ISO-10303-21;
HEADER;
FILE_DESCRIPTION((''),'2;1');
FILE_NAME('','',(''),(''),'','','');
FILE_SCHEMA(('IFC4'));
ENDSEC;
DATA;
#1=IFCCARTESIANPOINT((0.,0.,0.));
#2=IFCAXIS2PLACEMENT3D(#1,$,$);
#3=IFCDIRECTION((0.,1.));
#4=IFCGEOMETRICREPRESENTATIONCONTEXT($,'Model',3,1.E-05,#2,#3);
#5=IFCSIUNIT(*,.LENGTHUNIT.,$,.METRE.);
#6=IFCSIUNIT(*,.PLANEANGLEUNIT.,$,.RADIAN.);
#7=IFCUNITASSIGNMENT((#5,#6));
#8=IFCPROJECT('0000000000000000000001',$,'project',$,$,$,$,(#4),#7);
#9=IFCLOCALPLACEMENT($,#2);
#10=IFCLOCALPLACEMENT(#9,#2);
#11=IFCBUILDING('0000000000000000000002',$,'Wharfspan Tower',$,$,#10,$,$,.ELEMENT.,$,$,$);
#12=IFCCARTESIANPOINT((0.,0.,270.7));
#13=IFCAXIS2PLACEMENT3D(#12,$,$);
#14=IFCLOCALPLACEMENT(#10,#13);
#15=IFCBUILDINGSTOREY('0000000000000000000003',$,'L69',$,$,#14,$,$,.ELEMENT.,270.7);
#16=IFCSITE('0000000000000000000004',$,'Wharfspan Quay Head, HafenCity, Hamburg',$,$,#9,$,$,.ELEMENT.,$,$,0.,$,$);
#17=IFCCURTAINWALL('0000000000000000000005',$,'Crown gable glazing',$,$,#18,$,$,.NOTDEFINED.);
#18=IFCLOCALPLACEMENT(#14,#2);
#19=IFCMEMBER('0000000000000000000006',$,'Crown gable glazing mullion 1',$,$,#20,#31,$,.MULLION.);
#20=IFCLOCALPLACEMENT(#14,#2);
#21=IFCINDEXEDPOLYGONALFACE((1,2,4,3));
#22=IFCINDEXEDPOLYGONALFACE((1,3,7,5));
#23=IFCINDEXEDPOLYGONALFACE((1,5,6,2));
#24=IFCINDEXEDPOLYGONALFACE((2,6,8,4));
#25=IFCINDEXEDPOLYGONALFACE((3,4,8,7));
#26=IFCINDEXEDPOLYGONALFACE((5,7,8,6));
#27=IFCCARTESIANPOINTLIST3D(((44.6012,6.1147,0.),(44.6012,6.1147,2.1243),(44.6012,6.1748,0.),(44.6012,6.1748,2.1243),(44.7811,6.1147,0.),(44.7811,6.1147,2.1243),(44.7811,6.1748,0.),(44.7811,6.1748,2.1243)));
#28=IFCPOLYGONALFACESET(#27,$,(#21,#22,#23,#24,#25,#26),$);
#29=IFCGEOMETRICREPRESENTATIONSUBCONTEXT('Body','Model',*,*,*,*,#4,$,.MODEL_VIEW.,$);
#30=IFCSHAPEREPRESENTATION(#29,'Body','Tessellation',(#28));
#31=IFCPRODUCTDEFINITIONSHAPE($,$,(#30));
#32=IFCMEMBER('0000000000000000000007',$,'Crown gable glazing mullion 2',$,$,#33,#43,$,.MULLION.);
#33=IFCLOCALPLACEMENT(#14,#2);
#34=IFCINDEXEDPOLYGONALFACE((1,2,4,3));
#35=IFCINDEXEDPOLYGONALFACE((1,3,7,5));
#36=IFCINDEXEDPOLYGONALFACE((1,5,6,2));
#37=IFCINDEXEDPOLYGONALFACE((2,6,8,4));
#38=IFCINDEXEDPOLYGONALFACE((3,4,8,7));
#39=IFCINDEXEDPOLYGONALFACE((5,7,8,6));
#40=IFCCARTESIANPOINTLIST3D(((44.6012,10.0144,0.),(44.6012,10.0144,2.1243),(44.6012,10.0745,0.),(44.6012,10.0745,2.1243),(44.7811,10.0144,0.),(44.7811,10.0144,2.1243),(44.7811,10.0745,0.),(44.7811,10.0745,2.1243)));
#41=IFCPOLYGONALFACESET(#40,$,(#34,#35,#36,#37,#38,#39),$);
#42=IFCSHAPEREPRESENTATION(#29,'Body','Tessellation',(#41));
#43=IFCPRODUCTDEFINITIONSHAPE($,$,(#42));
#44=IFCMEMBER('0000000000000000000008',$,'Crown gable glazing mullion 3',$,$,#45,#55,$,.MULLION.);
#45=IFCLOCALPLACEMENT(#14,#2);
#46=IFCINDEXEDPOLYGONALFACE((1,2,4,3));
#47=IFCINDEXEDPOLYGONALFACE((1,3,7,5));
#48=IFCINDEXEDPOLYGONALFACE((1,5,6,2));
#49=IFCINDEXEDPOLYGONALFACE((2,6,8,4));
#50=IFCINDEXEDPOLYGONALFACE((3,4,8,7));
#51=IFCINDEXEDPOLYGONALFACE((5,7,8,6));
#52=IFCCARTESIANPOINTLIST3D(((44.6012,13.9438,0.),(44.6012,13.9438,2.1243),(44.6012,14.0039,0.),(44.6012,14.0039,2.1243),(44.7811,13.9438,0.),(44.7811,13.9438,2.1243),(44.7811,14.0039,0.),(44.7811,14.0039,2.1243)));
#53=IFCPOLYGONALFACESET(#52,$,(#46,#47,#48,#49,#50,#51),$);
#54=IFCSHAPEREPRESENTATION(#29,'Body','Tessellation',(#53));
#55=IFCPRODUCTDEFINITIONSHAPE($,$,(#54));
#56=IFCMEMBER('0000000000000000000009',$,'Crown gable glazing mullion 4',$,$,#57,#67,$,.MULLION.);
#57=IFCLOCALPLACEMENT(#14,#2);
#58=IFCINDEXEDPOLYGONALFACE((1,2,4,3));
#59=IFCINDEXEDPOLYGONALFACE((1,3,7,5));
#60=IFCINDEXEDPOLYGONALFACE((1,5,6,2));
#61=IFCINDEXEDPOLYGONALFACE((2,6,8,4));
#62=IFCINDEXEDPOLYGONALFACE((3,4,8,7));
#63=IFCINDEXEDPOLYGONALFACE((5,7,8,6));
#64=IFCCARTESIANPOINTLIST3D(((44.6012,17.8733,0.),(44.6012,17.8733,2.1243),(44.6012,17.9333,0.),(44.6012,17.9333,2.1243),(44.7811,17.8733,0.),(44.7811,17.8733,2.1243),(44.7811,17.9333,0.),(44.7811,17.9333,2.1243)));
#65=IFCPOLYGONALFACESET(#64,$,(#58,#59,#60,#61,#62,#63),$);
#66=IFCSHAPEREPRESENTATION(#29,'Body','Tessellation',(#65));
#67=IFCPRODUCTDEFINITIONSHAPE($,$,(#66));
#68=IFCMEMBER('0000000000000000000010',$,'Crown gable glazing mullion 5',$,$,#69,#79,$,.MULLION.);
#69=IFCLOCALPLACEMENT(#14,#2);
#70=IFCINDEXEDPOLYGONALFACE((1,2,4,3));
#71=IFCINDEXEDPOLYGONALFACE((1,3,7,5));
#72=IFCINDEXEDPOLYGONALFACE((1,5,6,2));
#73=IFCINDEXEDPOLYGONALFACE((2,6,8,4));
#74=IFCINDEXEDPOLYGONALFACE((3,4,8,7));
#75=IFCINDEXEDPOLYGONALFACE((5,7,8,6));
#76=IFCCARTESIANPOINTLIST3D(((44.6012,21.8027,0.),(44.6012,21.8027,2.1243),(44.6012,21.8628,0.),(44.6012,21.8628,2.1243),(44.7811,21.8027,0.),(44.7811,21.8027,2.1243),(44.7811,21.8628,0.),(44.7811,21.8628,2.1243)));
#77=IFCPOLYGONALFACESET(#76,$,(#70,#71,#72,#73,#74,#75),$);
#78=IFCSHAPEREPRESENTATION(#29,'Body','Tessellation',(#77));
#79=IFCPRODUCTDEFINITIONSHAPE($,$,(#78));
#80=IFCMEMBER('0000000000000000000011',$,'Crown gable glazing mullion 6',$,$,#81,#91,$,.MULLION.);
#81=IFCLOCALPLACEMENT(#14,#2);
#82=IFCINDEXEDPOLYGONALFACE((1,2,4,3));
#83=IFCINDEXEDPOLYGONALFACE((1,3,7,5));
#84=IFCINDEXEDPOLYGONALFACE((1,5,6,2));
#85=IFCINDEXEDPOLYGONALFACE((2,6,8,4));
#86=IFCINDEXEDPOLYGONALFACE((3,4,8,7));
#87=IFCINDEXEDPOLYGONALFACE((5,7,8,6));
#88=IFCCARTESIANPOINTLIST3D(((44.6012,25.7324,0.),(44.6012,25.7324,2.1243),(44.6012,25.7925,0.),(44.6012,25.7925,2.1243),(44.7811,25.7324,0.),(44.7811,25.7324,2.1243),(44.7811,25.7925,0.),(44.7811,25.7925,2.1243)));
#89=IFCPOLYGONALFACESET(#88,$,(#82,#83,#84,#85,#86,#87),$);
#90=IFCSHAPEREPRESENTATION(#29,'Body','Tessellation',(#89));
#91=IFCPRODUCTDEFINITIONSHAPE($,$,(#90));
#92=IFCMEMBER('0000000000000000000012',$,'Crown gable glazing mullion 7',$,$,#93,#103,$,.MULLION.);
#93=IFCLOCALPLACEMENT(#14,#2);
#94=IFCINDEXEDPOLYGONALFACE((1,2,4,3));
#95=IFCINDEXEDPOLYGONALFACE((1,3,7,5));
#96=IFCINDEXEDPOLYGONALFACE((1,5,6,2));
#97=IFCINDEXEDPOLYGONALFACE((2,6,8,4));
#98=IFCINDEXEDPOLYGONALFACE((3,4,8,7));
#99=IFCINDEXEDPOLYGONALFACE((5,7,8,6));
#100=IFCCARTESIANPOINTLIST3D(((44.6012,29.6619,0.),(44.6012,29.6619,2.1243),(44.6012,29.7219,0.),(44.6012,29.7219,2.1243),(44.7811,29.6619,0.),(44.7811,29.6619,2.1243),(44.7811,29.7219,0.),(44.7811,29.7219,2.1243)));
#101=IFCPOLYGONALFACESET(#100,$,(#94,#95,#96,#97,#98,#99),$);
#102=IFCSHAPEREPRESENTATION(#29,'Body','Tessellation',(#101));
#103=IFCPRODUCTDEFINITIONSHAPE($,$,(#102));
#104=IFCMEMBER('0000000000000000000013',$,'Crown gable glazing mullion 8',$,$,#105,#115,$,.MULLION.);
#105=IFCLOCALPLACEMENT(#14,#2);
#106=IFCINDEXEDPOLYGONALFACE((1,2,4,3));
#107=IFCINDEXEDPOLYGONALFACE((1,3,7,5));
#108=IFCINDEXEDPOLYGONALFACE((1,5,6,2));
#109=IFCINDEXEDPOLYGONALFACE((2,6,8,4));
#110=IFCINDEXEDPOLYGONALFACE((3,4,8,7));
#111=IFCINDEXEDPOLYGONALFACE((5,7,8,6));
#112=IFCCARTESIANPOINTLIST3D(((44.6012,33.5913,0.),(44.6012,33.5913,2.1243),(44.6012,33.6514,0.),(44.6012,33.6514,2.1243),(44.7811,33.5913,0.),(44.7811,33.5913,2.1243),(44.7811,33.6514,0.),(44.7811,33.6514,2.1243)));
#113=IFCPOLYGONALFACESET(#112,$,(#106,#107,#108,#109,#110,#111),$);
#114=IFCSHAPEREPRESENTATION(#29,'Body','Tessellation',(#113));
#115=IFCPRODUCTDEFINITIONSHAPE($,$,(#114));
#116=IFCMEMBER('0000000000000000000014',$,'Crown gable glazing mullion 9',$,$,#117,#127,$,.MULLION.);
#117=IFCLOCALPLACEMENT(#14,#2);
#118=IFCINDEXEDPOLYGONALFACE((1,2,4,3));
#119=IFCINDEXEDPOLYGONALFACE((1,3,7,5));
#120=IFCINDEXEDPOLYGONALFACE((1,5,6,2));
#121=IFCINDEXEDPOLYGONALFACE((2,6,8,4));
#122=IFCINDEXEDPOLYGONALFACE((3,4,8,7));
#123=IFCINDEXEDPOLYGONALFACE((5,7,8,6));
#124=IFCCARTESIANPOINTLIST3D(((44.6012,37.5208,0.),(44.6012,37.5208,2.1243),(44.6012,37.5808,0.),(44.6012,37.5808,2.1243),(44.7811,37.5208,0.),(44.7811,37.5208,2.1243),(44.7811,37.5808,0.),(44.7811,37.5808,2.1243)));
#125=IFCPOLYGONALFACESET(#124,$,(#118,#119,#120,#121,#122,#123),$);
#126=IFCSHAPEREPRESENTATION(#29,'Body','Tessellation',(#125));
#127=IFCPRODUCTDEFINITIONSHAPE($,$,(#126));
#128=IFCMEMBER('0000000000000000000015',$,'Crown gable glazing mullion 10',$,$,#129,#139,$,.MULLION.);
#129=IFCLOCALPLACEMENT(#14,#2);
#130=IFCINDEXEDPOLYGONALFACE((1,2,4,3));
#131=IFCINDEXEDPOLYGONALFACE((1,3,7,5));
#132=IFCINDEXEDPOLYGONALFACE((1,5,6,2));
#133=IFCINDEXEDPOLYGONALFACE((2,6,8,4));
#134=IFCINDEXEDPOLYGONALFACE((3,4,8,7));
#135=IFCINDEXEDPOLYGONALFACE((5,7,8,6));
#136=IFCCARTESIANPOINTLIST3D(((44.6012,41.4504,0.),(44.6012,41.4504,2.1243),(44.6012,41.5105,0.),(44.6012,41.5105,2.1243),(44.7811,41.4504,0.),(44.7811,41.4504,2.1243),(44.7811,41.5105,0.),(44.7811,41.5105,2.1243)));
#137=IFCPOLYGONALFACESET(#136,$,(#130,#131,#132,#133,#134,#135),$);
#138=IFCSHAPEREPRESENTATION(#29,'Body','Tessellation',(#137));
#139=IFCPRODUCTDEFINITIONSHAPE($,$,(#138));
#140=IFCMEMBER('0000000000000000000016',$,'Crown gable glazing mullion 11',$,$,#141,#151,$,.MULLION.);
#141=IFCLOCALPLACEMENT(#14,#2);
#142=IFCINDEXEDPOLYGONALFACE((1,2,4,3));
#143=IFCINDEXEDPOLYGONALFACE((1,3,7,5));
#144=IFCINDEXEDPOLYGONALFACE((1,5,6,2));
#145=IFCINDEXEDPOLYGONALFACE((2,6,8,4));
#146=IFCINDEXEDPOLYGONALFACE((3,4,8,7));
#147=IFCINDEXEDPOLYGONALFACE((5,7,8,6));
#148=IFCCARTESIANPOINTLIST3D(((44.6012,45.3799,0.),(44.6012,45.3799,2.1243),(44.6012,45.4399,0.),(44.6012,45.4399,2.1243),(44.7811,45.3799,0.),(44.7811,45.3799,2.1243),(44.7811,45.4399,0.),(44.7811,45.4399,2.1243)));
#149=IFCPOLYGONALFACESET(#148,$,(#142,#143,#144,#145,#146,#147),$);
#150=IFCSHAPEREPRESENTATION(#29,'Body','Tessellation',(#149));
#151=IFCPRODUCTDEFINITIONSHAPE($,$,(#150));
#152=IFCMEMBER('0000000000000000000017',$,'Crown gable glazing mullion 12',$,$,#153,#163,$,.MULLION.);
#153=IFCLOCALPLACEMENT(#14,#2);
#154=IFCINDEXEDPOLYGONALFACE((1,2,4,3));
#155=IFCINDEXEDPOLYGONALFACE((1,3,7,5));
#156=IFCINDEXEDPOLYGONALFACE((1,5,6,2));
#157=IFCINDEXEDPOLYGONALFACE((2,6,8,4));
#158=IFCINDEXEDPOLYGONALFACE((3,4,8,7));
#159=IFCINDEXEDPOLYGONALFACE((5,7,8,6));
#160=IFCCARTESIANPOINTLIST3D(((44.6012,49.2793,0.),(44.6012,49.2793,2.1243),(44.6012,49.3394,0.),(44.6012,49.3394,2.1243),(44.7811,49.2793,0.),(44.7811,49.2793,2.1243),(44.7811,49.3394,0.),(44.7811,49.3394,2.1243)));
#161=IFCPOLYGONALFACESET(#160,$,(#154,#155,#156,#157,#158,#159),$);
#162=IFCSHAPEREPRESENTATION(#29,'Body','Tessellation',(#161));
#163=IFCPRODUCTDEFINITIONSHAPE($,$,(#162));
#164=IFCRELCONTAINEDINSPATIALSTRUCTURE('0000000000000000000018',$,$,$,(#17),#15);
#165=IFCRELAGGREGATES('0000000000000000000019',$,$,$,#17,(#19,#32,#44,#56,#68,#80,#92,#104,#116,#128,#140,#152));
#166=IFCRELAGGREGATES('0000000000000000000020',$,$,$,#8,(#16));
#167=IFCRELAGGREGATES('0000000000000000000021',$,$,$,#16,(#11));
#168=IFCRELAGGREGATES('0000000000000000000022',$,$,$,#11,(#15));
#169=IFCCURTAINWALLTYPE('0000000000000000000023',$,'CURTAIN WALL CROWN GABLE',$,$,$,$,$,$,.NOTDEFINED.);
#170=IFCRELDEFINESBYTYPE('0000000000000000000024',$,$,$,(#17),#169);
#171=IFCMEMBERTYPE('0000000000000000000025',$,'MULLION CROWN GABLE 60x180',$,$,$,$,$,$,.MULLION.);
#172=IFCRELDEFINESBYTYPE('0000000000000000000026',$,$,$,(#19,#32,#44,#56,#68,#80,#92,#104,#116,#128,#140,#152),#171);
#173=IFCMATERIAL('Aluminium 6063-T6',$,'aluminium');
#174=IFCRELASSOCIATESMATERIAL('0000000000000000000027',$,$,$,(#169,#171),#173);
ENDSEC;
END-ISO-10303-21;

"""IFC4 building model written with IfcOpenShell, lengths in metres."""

from ifc_helpers import new_model, si_unit, direction, frame, origin, origin_2d, place, context, subcontext, project, spatial, rectangle, extrude, material, material_profile, profile_set, type_object, element, aggregate, save


model = new_model("IFC4")

# Units and contexts
model_context = context("Model", 3, precision=1e-05, world=origin(), true_north=direction((0.0, 1.0)))
body_context = subcontext(model_context, "Body", "Model", "MODEL_VIEW")
ifc_project = project(units=[si_unit("LENGTHUNIT", "METRE"), si_unit("PLANEANGLEUNIT", "RADIAN")], contexts=[model_context])

# Site, building, storey
site_placement = place(None, origin())
site = spatial("IfcSite", under=ifc_project, at=site_placement, Name="Wharfspan Quay Head, HafenCity, Hamburg", CompositionType="ELEMENT", RefElevation=0.0)
building_placement = place(site_placement, origin())
building = spatial("IfcBuilding", under=site, at=building_placement, Name="Wharfspan Tower", CompositionType="ELEMENT")
storey_placement = place(building_placement, frame((0.0, 0.0, 270.7)))
storey = spatial("IfcBuildingStorey", under=building, at=storey_placement, Name="L69", CompositionType="ELEMENT", Elevation=270.7)

# Curtain wall, members
ifc_material_1 = material(Name="Aluminium 6063-T6", Category="aluminium")
curtain_wall_type = type_object("IfcCurtainWallType", Name="CURTAIN WALL CROWN GABLE", PredefinedType="NOTDEFINED", material=ifc_material_1)
curtain_wall_placement = place(storey_placement, origin())
curtain_wall = element("IfcCurtainWall", 1, at=curtain_wall_placement, inside=storey, type_object=curtain_wall_type, Name="Crown gable glazing", PredefinedType="NOTDEFINED")
ifc_material_profile_1 = material_profile(ifc_material_1, rectangle(XDim=0.1799, YDim=0.0601, at=origin_2d()))
ifc_profile_set_1 = profile_set([ifc_material_profile_1], Name="Aluminium 6063-T6")
member_type_1 = type_object("IfcMemberType", Name="MULLION CROWN GABLE 60x180", PredefinedType="MULLION", material=ifc_profile_set_1)
member_1_placement = place(storey_placement, frame((44.6912, 6.1448, 0.0), z_axis=(0.0, 0.0, 1.0), x_axis=(-1.0, 0.0, 0.0)))
member_1 = element("IfcMember", 2, at=member_1_placement, type_object=member_type_1, Name="Crown gable glazing mullion 1", PredefinedType="MULLION", context=body_context, shape_type="SweptSolid", body=[
    extrude(rectangle(XDim=0.1799, YDim=0.0601, at=origin_2d()), origin(), (0.0, 0.0, 1.0), 2.1243),
])
member_2_placement = place(storey_placement, frame((44.6912, 10.0444, 0.0), z_axis=(0.0, 0.0, 1.0), x_axis=(-1.0, 0.0, 0.0)))
member_2 = element("IfcMember", 3, at=member_2_placement, type_object=member_type_1, Name="Crown gable glazing mullion 2", PredefinedType="MULLION", context=body_context, shape_type="SweptSolid", body=[
    extrude(rectangle(XDim=0.1799, YDim=0.0601, at=origin_2d()), origin(), (0.0, 0.0, 1.0), 2.1243),
])
member_3_placement = place(storey_placement, frame((44.6912, 13.9739, 0.0), z_axis=(0.0, 0.0, 1.0), x_axis=(-1.0, 0.0, 0.0)))
member_3 = element("IfcMember", 4, at=member_3_placement, type_object=member_type_1, Name="Crown gable glazing mullion 3", PredefinedType="MULLION", context=body_context, shape_type="SweptSolid", body=[
    extrude(rectangle(XDim=0.1799, YDim=0.0601, at=origin_2d()), origin(), (0.0, 0.0, 1.0), 2.1243),
])
member_4_placement = place(storey_placement, frame((44.6912, 17.9033, 0.0), z_axis=(0.0, 0.0, 1.0), x_axis=(-1.0, 0.0, 0.0)))
member_4 = element("IfcMember", 5, at=member_4_placement, type_object=member_type_1, Name="Crown gable glazing mullion 4", PredefinedType="MULLION", context=body_context, shape_type="SweptSolid", body=[
    extrude(rectangle(XDim=0.1799, YDim=0.0601, at=origin_2d()), origin(), (0.0, 0.0, 1.0), 2.1243),
])
member_5_placement = place(storey_placement, frame((44.6912, 21.8328, 0.0), z_axis=(0.0, 0.0, 1.0), x_axis=(-1.0, 0.0, 0.0)))
member_5 = element("IfcMember", 6, at=member_5_placement, type_object=member_type_1, Name="Crown gable glazing mullion 5", PredefinedType="MULLION", context=body_context, shape_type="SweptSolid", body=[
    extrude(rectangle(XDim=0.1799, YDim=0.0601, at=origin_2d()), origin(), (0.0, 0.0, 1.0), 2.1243),
])
member_6_placement = place(storey_placement, frame((44.6912, 25.7625, 0.0), z_axis=(0.0, 0.0, 1.0), x_axis=(-1.0, 0.0, 0.0)))
member_6 = element("IfcMember", 7, at=member_6_placement, type_object=member_type_1, Name="Crown gable glazing mullion 6", PredefinedType="MULLION", context=body_context, shape_type="SweptSolid", body=[
    extrude(rectangle(XDim=0.1799, YDim=0.0601, at=origin_2d()), origin(), (0.0, 0.0, 1.0), 2.1243),
])
member_7_placement = place(storey_placement, frame((44.6912, 29.6919, 0.0), z_axis=(0.0, 0.0, 1.0), x_axis=(-1.0, 0.0, 0.0)))
member_7 = element("IfcMember", 8, at=member_7_placement, type_object=member_type_1, Name="Crown gable glazing mullion 7", PredefinedType="MULLION", context=body_context, shape_type="SweptSolid", body=[
    extrude(rectangle(XDim=0.1799, YDim=0.0601, at=origin_2d()), origin(), (0.0, 0.0, 1.0), 2.1243),
])
member_8_placement = place(storey_placement, frame((44.6912, 33.6213, 0.0), z_axis=(0.0, 0.0, 1.0), x_axis=(-1.0, 0.0, 0.0)))
member_8 = element("IfcMember", 9, at=member_8_placement, type_object=member_type_1, Name="Crown gable glazing mullion 8", PredefinedType="MULLION", context=body_context, shape_type="SweptSolid", body=[
    extrude(rectangle(XDim=0.1799, YDim=0.0601, at=origin_2d()), origin(), (0.0, 0.0, 1.0), 2.1243),
])
member_9_placement = place(storey_placement, frame((44.6912, 37.5508, 0.0), z_axis=(0.0, 0.0, 1.0), x_axis=(-1.0, 0.0, 0.0)))
member_9 = element("IfcMember", 10, at=member_9_placement, type_object=member_type_1, Name="Crown gable glazing mullion 9", PredefinedType="MULLION", context=body_context, shape_type="SweptSolid", body=[
    extrude(rectangle(XDim=0.1799, YDim=0.0601, at=origin_2d()), origin(), (0.0, 0.0, 1.0), 2.1243),
])
member_10_placement = place(storey_placement, frame((44.6912, 41.4805, 0.0), z_axis=(0.0, 0.0, 1.0), x_axis=(-1.0, 0.0, 0.0)))
member_10 = element("IfcMember", 11, at=member_10_placement, type_object=member_type_1, Name="Crown gable glazing mullion 10", PredefinedType="MULLION", context=body_context, shape_type="SweptSolid", body=[
    extrude(rectangle(XDim=0.1799, YDim=0.0601, at=origin_2d()), origin(), (0.0, 0.0, 1.0), 2.1243),
])
member_11_placement = place(storey_placement, frame((44.6912, 45.4099, 0.0), z_axis=(0.0, 0.0, 1.0), x_axis=(-1.0, 0.0, 0.0)))
member_11 = element("IfcMember", 12, at=member_11_placement, type_object=member_type_1, Name="Crown gable glazing mullion 11", PredefinedType="MULLION", context=body_context, shape_type="SweptSolid", body=[
    extrude(rectangle(XDim=0.1799, YDim=0.0601, at=origin_2d()), origin(), (0.0, 0.0, 1.0), 2.1243),
])
member_12_placement = place(storey_placement, frame((44.6912, 49.3093, 0.0), z_axis=(0.0, 0.0, 1.0), x_axis=(-1.0, 0.0, 0.0)))
member_12 = element("IfcMember", 13, at=member_12_placement, type_object=member_type_1, Name="Crown gable glazing mullion 12", PredefinedType="MULLION", context=body_context, shape_type="SweptSolid", body=[
    extrude(rectangle(XDim=0.1799, YDim=0.0601, at=origin_2d()), origin(), (0.0, 0.0, 1.0), 2.1243),
])

aggregate(curtain_wall, [member_1, member_2, member_3, member_4, member_5, member_6, member_7, member_8, member_9, member_10, member_11, member_12])

save(model, "model.ifc")
